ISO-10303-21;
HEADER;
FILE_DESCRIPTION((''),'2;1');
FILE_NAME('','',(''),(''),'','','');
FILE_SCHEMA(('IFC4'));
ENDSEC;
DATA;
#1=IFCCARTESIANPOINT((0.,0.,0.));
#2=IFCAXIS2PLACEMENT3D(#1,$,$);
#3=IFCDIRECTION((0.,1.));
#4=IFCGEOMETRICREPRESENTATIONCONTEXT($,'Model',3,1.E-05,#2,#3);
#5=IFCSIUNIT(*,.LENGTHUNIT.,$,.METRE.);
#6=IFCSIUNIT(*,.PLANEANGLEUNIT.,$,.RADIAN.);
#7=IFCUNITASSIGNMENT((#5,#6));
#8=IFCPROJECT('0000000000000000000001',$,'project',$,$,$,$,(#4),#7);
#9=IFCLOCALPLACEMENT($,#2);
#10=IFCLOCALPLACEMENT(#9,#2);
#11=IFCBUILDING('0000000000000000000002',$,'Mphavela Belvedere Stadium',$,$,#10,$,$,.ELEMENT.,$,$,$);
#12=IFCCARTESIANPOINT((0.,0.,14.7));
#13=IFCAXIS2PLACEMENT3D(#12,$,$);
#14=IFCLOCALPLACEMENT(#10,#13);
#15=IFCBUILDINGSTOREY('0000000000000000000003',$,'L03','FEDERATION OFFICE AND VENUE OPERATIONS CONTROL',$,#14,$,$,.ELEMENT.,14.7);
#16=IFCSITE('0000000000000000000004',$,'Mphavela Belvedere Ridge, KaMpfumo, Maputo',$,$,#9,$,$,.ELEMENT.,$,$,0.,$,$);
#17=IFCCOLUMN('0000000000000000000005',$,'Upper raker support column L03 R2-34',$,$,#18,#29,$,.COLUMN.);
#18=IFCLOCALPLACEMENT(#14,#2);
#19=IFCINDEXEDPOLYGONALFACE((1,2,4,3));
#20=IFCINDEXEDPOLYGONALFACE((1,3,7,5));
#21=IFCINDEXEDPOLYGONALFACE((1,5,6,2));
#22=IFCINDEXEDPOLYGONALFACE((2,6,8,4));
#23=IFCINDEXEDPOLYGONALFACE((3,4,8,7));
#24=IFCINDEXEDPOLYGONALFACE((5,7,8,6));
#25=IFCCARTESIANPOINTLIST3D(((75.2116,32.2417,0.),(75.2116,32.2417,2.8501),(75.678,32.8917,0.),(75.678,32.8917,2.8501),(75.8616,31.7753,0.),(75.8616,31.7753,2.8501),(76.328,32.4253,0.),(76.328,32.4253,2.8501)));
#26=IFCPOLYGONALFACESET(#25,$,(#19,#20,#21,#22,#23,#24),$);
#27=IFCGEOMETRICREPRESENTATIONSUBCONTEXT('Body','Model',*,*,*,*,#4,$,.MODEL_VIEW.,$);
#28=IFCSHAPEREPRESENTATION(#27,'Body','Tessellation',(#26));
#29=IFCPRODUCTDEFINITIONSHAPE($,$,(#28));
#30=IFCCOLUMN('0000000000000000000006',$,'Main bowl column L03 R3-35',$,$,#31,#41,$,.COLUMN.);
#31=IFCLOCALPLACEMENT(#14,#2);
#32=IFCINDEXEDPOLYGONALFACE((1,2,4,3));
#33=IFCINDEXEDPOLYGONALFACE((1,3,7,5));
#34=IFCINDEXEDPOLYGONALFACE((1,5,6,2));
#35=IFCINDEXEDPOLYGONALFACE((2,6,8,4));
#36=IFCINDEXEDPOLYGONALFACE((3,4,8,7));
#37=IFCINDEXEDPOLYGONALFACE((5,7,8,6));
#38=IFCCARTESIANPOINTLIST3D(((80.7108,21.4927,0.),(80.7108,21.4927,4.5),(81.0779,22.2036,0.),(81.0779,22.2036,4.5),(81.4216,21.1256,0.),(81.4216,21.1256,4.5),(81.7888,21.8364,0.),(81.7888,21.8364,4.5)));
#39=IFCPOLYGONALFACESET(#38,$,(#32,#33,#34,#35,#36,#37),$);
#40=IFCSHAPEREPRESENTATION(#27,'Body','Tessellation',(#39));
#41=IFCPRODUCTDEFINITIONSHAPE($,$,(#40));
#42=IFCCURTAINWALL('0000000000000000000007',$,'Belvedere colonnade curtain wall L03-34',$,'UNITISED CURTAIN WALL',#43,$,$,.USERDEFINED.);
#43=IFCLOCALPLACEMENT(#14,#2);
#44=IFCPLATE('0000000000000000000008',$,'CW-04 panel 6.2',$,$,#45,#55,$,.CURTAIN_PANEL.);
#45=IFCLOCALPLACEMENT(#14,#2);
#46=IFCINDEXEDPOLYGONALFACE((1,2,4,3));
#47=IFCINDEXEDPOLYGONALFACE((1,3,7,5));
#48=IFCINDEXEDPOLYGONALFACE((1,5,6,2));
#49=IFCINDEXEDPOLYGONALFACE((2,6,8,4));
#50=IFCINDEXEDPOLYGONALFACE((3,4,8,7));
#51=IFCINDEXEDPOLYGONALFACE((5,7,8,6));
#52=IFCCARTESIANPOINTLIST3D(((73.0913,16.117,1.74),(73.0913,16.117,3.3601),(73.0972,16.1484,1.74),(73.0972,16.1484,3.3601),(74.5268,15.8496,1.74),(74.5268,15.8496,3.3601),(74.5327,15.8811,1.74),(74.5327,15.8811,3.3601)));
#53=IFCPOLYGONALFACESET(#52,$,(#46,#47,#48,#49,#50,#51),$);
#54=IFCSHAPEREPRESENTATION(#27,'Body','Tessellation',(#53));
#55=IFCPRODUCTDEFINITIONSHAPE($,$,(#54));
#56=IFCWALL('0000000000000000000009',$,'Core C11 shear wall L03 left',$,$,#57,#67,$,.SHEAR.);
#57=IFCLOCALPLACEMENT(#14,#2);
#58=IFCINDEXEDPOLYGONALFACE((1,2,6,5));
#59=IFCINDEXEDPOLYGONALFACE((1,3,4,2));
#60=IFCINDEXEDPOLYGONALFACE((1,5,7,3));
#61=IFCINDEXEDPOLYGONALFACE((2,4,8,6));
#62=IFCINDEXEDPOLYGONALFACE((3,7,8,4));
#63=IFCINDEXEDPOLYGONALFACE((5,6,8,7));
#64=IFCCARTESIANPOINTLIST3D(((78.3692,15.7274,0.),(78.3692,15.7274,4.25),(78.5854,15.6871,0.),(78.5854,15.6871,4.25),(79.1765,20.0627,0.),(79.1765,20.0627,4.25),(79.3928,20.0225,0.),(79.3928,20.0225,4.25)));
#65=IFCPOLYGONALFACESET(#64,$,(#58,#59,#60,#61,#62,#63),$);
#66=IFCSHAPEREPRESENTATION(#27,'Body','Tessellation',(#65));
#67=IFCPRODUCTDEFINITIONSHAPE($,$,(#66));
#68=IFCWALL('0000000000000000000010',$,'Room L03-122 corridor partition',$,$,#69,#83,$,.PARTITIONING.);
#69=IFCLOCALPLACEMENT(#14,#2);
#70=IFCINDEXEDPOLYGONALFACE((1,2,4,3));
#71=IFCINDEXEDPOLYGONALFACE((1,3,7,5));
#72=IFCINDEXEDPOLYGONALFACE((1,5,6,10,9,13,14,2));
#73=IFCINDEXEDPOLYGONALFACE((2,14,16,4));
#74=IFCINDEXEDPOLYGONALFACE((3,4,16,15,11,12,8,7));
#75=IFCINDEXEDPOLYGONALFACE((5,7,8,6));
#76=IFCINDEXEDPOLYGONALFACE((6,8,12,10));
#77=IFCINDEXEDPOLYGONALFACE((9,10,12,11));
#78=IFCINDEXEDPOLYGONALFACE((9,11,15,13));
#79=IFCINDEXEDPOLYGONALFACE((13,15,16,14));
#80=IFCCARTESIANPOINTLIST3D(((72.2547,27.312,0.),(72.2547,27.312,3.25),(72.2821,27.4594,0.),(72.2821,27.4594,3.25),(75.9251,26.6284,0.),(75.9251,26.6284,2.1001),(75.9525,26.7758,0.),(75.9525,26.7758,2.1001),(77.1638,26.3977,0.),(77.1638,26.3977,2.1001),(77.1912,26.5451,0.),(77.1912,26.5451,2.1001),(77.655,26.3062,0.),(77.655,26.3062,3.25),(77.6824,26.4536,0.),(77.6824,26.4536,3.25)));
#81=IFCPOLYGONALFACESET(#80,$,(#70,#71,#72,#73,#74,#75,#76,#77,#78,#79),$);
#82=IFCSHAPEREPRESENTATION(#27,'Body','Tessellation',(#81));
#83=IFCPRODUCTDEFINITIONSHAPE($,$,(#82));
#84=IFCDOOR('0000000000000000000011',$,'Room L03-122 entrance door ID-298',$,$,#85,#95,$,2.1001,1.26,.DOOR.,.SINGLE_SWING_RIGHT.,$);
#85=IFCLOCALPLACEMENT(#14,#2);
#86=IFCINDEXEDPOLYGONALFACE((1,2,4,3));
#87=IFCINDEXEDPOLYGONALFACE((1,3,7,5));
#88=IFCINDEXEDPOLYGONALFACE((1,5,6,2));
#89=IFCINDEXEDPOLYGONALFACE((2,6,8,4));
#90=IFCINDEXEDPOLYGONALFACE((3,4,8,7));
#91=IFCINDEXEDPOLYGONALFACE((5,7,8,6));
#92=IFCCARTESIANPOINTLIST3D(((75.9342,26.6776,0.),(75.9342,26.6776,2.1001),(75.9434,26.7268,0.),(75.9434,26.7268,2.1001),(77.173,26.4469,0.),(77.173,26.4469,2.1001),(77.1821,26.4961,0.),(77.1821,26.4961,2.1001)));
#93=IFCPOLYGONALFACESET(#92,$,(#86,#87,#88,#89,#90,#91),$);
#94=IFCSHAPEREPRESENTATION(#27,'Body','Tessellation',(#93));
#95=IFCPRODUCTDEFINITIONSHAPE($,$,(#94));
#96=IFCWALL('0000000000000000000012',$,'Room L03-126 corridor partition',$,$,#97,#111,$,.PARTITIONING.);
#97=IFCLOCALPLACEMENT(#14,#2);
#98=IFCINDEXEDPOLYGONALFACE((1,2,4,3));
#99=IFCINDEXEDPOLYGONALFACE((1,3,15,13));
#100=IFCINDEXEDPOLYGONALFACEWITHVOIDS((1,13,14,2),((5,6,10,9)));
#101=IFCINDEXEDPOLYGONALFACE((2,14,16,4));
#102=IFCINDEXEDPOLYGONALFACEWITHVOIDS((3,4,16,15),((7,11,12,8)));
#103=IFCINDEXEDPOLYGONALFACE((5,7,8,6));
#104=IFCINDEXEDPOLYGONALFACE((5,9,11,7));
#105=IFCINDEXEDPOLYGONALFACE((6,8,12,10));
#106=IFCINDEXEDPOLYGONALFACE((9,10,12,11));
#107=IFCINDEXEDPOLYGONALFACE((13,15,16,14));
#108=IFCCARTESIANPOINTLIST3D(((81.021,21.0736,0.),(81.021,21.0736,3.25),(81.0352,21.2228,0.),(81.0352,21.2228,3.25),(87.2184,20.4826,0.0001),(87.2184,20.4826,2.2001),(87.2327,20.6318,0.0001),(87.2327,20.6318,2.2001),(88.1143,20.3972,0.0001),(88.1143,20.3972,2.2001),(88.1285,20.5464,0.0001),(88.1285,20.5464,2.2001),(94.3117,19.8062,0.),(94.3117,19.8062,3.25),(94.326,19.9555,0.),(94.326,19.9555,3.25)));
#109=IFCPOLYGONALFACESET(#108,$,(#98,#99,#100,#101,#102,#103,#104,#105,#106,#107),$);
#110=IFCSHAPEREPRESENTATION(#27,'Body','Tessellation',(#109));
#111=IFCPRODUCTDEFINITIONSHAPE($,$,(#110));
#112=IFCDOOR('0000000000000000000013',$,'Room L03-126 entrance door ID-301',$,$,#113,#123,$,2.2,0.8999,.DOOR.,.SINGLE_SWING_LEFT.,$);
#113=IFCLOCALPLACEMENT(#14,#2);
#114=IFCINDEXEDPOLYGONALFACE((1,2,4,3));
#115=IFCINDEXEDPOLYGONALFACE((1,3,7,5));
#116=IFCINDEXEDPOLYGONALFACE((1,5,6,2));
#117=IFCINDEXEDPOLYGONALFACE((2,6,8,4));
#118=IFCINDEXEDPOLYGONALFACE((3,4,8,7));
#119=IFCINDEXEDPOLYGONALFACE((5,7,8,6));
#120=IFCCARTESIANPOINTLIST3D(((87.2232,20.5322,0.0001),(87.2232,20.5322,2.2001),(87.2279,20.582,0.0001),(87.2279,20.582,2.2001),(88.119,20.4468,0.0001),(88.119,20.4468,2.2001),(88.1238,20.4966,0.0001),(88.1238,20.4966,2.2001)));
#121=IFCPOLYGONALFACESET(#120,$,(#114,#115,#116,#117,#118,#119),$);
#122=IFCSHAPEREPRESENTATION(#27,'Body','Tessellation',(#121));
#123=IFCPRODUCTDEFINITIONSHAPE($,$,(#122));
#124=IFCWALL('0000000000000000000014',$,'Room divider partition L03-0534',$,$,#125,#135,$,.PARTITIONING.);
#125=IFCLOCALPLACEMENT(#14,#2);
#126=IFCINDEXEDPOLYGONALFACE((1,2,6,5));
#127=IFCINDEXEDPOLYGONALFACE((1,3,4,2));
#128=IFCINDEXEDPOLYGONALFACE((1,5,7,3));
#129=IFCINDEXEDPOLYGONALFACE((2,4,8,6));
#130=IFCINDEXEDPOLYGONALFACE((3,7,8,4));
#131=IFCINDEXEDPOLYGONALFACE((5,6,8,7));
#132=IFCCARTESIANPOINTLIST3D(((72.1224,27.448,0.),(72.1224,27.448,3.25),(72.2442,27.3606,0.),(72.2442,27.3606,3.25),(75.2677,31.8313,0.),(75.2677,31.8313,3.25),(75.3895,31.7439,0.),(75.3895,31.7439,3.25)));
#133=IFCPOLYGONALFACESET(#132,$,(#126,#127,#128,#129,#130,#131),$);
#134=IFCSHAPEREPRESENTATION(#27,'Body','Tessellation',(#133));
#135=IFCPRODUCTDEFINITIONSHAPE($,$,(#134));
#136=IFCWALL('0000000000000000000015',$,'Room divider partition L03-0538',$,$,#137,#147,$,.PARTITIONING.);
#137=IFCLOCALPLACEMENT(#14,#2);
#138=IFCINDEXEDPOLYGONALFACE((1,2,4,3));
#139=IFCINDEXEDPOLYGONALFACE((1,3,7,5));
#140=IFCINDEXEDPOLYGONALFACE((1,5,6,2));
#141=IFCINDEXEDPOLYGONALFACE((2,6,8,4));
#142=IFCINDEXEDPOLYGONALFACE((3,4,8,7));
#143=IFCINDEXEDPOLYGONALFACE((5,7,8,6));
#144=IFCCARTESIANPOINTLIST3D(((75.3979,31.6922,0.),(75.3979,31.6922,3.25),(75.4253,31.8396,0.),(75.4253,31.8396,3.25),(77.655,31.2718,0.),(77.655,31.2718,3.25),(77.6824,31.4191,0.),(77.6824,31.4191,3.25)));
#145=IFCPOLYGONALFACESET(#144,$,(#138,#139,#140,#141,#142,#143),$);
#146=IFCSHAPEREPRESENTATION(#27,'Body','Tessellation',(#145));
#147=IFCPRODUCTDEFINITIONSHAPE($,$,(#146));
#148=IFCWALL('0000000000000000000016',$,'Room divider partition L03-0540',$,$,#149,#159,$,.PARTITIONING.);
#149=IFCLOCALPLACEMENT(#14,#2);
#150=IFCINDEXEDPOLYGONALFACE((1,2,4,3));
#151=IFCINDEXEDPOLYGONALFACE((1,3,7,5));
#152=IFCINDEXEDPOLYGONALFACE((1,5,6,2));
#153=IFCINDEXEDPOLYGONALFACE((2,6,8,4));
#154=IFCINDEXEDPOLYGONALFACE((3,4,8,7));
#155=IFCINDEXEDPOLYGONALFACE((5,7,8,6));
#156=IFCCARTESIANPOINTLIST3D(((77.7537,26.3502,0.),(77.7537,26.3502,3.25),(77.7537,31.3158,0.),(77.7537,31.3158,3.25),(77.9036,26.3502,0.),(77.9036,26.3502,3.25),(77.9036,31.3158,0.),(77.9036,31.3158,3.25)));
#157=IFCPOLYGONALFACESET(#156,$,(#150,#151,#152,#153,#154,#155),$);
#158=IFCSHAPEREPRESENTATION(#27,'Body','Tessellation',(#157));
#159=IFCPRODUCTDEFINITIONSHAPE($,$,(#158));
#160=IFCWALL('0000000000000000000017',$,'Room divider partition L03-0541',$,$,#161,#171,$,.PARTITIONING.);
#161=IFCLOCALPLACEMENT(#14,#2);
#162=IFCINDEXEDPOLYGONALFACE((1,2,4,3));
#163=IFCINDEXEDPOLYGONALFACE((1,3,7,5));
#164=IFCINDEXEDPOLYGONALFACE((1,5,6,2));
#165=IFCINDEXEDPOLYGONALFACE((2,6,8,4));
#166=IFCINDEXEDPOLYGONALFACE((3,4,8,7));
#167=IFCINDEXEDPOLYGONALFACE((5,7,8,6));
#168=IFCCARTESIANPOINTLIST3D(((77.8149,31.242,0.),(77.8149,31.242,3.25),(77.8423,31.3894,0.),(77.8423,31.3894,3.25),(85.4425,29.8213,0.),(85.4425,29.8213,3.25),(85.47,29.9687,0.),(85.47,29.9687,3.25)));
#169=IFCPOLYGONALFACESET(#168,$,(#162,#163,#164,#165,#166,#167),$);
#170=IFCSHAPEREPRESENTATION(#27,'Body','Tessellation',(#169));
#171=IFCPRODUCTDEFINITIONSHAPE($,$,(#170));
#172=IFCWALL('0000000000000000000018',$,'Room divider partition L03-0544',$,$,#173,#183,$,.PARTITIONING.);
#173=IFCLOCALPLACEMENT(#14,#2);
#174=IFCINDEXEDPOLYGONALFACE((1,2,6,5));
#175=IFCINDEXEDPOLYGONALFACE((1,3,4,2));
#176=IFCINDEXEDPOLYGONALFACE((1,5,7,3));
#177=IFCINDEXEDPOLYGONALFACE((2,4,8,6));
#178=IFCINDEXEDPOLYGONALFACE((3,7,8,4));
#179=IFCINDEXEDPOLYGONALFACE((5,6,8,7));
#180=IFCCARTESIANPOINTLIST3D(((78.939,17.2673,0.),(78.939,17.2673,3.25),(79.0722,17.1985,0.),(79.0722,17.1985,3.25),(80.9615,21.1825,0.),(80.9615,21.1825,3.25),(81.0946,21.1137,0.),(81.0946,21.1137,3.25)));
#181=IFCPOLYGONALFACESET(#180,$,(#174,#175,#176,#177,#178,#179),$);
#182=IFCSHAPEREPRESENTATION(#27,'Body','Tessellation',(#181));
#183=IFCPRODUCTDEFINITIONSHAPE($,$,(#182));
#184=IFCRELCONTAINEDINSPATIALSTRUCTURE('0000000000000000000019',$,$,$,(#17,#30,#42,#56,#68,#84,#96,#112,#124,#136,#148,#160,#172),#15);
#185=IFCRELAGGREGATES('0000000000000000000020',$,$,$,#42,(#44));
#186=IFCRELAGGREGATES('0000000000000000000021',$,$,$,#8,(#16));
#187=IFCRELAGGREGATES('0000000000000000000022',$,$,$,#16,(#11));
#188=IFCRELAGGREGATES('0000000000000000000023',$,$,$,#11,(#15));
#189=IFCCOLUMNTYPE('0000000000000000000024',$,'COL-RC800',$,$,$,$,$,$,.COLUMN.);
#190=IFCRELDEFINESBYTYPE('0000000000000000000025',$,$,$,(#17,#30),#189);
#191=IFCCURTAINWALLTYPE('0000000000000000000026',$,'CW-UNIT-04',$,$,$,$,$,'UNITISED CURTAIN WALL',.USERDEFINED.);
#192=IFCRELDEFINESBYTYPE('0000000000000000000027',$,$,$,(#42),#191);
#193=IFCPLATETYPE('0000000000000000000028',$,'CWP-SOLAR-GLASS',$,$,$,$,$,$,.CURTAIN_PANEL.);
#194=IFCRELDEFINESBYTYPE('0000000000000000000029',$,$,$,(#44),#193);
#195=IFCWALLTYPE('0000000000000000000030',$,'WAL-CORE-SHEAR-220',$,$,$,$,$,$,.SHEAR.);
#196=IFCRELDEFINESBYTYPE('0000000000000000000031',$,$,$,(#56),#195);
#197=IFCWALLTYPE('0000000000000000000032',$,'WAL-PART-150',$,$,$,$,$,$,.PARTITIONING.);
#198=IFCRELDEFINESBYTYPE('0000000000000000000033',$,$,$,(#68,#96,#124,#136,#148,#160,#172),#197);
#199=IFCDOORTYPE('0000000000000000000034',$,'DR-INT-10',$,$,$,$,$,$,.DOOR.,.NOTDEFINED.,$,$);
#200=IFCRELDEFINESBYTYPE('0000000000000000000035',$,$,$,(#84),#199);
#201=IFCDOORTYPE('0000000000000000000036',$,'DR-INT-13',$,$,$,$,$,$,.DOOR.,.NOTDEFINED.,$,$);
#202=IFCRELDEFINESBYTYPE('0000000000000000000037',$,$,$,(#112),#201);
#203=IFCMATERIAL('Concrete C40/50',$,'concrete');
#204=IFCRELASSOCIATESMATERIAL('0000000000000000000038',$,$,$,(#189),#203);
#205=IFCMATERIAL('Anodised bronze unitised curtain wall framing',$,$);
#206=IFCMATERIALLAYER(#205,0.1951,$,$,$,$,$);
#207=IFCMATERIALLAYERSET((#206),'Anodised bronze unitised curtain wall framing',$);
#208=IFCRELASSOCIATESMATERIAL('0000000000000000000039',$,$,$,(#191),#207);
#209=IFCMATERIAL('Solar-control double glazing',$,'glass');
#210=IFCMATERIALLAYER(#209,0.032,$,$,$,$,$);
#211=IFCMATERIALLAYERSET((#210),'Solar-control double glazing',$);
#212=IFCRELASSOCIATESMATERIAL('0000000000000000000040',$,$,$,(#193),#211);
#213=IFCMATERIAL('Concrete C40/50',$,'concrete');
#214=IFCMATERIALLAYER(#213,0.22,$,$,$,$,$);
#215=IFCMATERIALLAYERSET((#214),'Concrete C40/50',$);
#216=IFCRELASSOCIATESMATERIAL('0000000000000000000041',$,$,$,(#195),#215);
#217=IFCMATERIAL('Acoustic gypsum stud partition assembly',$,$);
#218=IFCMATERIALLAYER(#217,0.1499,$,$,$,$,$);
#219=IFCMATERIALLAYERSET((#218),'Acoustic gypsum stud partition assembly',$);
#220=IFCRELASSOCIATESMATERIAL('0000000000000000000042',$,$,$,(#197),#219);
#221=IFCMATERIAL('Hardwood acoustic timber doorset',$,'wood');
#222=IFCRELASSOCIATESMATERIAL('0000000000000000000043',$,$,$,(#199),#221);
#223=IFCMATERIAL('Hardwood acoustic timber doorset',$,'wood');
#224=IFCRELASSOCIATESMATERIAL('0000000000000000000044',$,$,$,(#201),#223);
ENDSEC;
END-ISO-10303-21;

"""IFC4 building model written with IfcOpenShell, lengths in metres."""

from ifc_helpers import new_model, si_unit, direction, frame, frame_2d, origin, origin_2d, place, context, subcontext, project, spatial, rectangle, extrude, material, layer, layer_set, material_profile, profile_set, type_object, element, fill, aggregate, save


model = new_model("IFC4")

# Units and contexts
model_context = context("Model", 3, precision=1e-05, world=origin(), true_north=direction((0.0, 1.0)))
body_context = subcontext(model_context, "Body", "Model", "MODEL_VIEW")
ifc_project = project(units=[si_unit("LENGTHUNIT", "METRE"), si_unit("PLANEANGLEUNIT", "RADIAN")], contexts=[model_context])

# Site, building, storey
site_placement = place(None, origin())
site = spatial("IfcSite", under=ifc_project, at=site_placement, Name="Mphavela Belvedere Ridge, KaMpfumo, Maputo", CompositionType="ELEMENT", RefElevation=0.0)
building_placement = place(site_placement, origin())
building = spatial("IfcBuilding", under=site, at=building_placement, Name="Mphavela Belvedere Stadium", CompositionType="ELEMENT")
storey_placement = place(building_placement, frame((0.0, 0.0, 14.7)))
storey = spatial("IfcBuildingStorey", under=building, at=storey_placement, Name="L03", Description="FEDERATION OFFICE AND VENUE OPERATIONS CONTROL", CompositionType="ELEMENT", Elevation=14.7)

# Columns
ifc_material_1 = material(Name="Concrete C40/50", Category="concrete")
ifc_material_profile = material_profile(ifc_material_1, rectangle(XDim=0.8, YDim=0.8, at=origin_2d()), Name="RC 800x800")
ifc_profile_set = profile_set([ifc_material_profile], Name="Concrete C40/50")
column_type = type_object("IfcColumnType", Name="COL-RC800", PredefinedType="COLUMN", material=ifc_profile_set)
column_1_placement = place(storey_placement, frame((75.7698, 32.3335, 0.0), z_axis=(0.0, 0.0, 1.0), x_axis=(-0.582974, -0.812491, 0.0)))
element("IfcColumn", 1, at=column_1_placement, inside=storey, type_object=column_type, Name="Upper raker support column L03 R2-34", PredefinedType="COLUMN", context=body_context, shape_type="SweptSolid", body=[
    extrude(rectangle(XDim=0.8, YDim=0.8, at=origin_2d()), origin(), (0.0, 0.0, 1.0), 2.8501),
])
column_2_placement = place(storey_placement, frame((81.2498, 21.6646, 0.0), z_axis=(0.0, 0.0, 1.0), x_axis=(-0.45896, -0.888457, 0.0)))
element("IfcColumn", 2, at=column_2_placement, inside=storey, type_object=column_type, Name="Main bowl column L03 R3-35", PredefinedType="COLUMN", context=body_context, shape_type="SweptSolid", body=[
    extrude(rectangle(XDim=0.8, YDim=0.8, at=origin_2d()), origin(), (0.0, 0.0, 1.0), 4.5),
])

# Curtain wall, plate
ifc_material_2 = material(Name="Anodised bronze unitised curtain wall framing")
ifc_layer_1 = layer(ifc_material_2, 0.1951)
ifc_layer_set_1 = layer_set([ifc_layer_1], Name="Anodised bronze unitised curtain wall framing")
curtain_wall_type = type_object("IfcCurtainWallType", Name="CW-UNIT-04", ElementType="UNITISED CURTAIN WALL", PredefinedType="USERDEFINED", material=ifc_layer_set_1)
curtain_wall_placement = place(storey_placement, origin())
curtain_wall = element("IfcCurtainWall", 3, at=curtain_wall_placement, inside=storey, type_object=curtain_wall_type, Name="Belvedere colonnade curtain wall L03-34", ObjectType="UNITISED CURTAIN WALL", PredefinedType="USERDEFINED")
ifc_material_3 = material(Name="Solar-control double glazing", Category="glass")
ifc_layer_2 = layer(ifc_material_3, 0.032)
ifc_layer_set_2 = layer_set([ifc_layer_2], Name="Solar-control double glazing")
plate_type = type_object("IfcPlateType", Name="CWP-SOLAR-GLASS", PredefinedType="CURTAIN_PANEL", material=ifc_layer_set_2)
plate_placement = place(storey_placement, frame((73.812, 15.999, 1.74), z_axis=(0.0, 0.0, 1.0), x_axis=(0.983097, -0.183088, 0.0)))
plate = element("IfcPlate", 4, at=plate_placement, type_object=plate_type, Name="CW-04 panel 6.2", PredefinedType="CURTAIN_PANEL", context=body_context, shape_type="SweptSolid", body=[
    extrude(rectangle(XDim=1.4602, YDim=0.032, at=origin_2d()), origin(), (0.0, 0.0, 1.0), 1.6201),
])
aggregate(curtain_wall, [plate])

# Wall
ifc_material_4 = material(Name="Concrete C40/50", Category="concrete")
ifc_layer_3 = layer(ifc_material_4, 0.22)
ifc_layer_set_3 = layer_set([ifc_layer_3], Name="Concrete C40/50")
wall_type_1 = type_object("IfcWallType", Name="WAL-CORE-SHEAR-220", PredefinedType="SHEAR", material=ifc_layer_set_3)
wall_1_placement = place(storey_placement, frame((79.2847, 20.0427, 0.0), z_axis=(0.0, 0.0, 1.0), x_axis=(-0.183078, -0.983098, 0.0)))
element("IfcWall", 5, at=wall_1_placement, inside=storey, type_object=wall_type_1, Name="Core C11 shear wall L03 left", PredefinedType="SHEAR", context=body_context, shape_type="SweptSolid", body=[
    extrude(rectangle(XDim=4.4099, YDim=0.22, at=frame_2d((2.2051, 0.0))), origin(), (0.0, 0.0, 1.0), 4.25),
])

# Walls, openings, doors
ifc_material_5 = material(Name="Acoustic gypsum stud partition assembly")
ifc_layer_4 = layer(ifc_material_5, 0.1499)
ifc_layer_set_4 = layer_set([ifc_layer_4], Name="Acoustic gypsum stud partition assembly")
wall_type_2 = type_object("IfcWallType", Name="WAL-PART-150", PredefinedType="PARTITIONING", material=ifc_layer_set_4)
wall_2_placement = place(storey_placement, frame((77.6687, 26.3799, 0.0), z_axis=(0.0, 0.0, 1.0), x_axis=(-0.983093, 0.183108, 0.0)))
wall_2 = element("IfcWall", 6, at=wall_2_placement, inside=storey, type_object=wall_type_2, Name="Room L03-122 corridor partition", PredefinedType="PARTITIONING", context=body_context, shape_type="SweptSolid", body=[
    extrude(rectangle(XDim=5.4932, YDim=0.1499, at=frame_2d((2.7466, 0.0))), origin(), (0.0, 0.0, 1.0), 3.25),
])
opening_1_placement = place(wall_2_placement, frame((0.4998, 0.0, 0.0)))
opening_1 = element("IfcOpeningElement", 7, at=opening_1_placement, cuts=wall_2, PredefinedType="OPENING", context=body_context, shape_type="SweptSolid", body=[
    extrude(rectangle(XDim=1.26, YDim=2.1001, at=frame_2d((0.6299, 1.05))), frame((0.0, 0.085, 0.0), z_axis=(0.0, -1.0, 0.0), x_axis=(1.0, 0.0, 0.0)), (0.0, 0.0, 1.0), 0.1699),
])
ifc_material_6 = material(Name="Hardwood acoustic timber doorset", Category="wood")
door_type_1 = type_object("IfcDoorType", Name="DR-INT-10", OperationType="NOTDEFINED", PredefinedType="DOOR", material=ifc_material_6)
door_1_placement = place(opening_1_placement, origin())
door_1 = element("IfcDoor", 8, at=door_1_placement, inside=storey, type_object=door_type_1, Name="Room L03-122 entrance door ID-298", OperationType="SINGLE_SWING_RIGHT", OverallHeight=2.1001, OverallWidth=1.26, PredefinedType="DOOR", context=body_context, shape_type="SweptSolid", body=[
    extrude(rectangle(XDim=1.26, YDim=2.1001, at=frame_2d((0.6299, 1.05))), frame((0.0, 0.0249, 0.0), z_axis=(0.0, -1.0, 0.0), x_axis=(1.0, 0.0, 0.0)), (0.0, 0.0, 1.0), 0.05),
])
fill(opening_1, door_1)
wall_3_placement = place(storey_placement, frame((81.0281, 21.1482, 0.0), z_axis=(0.0, 0.0, 1.0), x_axis=(0.995485, -0.094924, 0.0)))
wall_3 = element("IfcWall", 9, at=wall_3_placement, inside=storey, type_object=wall_type_2, Name="Room L03-126 corridor partition", PredefinedType="PARTITIONING", context=body_context, shape_type="SweptSolid", body=[
    extrude(rectangle(XDim=13.3511, YDim=0.1499, at=frame_2d((6.6755, 0.0))), origin(), (0.0, 0.0, 1.0), 3.25),
])
opening_2_placement = place(wall_3_placement, frame((6.2256, 0.0, 0.0)))
opening_2 = element("IfcOpeningElement", 10, at=opening_2_placement, cuts=wall_3, PredefinedType="OPENING", context=body_context, shape_type="SweptSolid", body=[
    extrude(rectangle(XDim=0.8999, YDim=2.2, at=frame_2d((0.45, 1.1001))), frame((0.0, 0.085, 0.0), z_axis=(0.0, -1.0, 0.0), x_axis=(1.0, 0.0, 0.0)), (0.0, 0.0, 1.0), 0.1699),
])
ifc_material_7 = material(Name="Hardwood acoustic timber doorset", Category="wood")
door_type_2 = type_object("IfcDoorType", Name="DR-INT-13", OperationType="NOTDEFINED", PredefinedType="DOOR", material=ifc_material_7)
door_2_placement = place(opening_2_placement, origin())
door_2 = element("IfcDoor", 11, at=door_2_placement, inside=storey, type_object=door_type_2, Name="Room L03-126 entrance door ID-301", OperationType="SINGLE_SWING_LEFT", OverallHeight=2.2, OverallWidth=0.8999, PredefinedType="DOOR", context=body_context, shape_type="SweptSolid", body=[
    extrude(rectangle(XDim=0.8999, YDim=2.2, at=frame_2d((0.45, 1.1001))), frame((0.0, 0.0249, 0.0), z_axis=(0.0, -1.0, 0.0), x_axis=(1.0, 0.0, 0.0)), (0.0, 0.0, 1.0), 0.05),
])
fill(opening_2, door_2)

# Walls
wall_4_placement = place(storey_placement, frame((75.3286, 31.7876, 0.0), z_axis=(0.0, 0.0, 1.0), x_axis=(-0.582996, -0.812475, 0.0)))
element("IfcWall", 12, at=wall_4_placement, inside=storey, type_object=wall_type_2, Name="Room divider partition L03-0534", PredefinedType="PARTITIONING", context=body_context, shape_type="SweptSolid", body=[
    extrude(rectangle(XDim=5.395, YDim=0.1499, at=frame_2d((2.6975, 0.0))), origin(), (0.0, 0.0, 1.0), 3.25),
])
wall_5_placement = place(storey_placement, frame((75.4116, 31.7659, 0.0), z_axis=(0.0, 0.0, 1.0), x_axis=(0.983092, -0.183113, 0.0)))
element("IfcWall", 13, at=wall_5_placement, inside=storey, type_object=wall_type_2, Name="Room divider partition L03-0538", PredefinedType="PARTITIONING", context=body_context, shape_type="SweptSolid", body=[
    extrude(rectangle(XDim=2.2959, YDim=0.1499, at=frame_2d((1.1479, 0.0))), origin(), (0.0, 0.0, 1.0), 3.25),
])
wall_6_placement = place(storey_placement, frame((77.8286, 26.3501, 0.0), z_axis=(0.0, 0.0, 1.0), x_axis=(0.0, 1.0, 0.0)))
element("IfcWall", 14, at=wall_6_placement, inside=storey, type_object=wall_type_2, Name="Room divider partition L03-0540", PredefinedType="PARTITIONING", context=body_context, shape_type="SweptSolid", body=[
    extrude(rectangle(XDim=4.9656, YDim=0.1499, at=frame_2d((2.4829, 0.0))), origin(), (0.0, 0.0, 1.0), 3.25),
])
wall_7_placement = place(storey_placement, frame((77.8286, 31.3157, 0.0), z_axis=(0.0, 0.0, 1.0), x_axis=(0.983094, -0.183101, 0.0)))
element("IfcWall", 15, at=wall_7_placement, inside=storey, type_object=wall_type_2, Name="Room divider partition L03-0541", PredefinedType="PARTITIONING", context=body_context, shape_type="SweptSolid", body=[
    extrude(rectangle(XDim=7.7588, YDim=0.1499, at=frame_2d((3.8794, 0.0))), origin(), (0.0, 0.0, 1.0), 3.25),
])
wall_8_placement = place(storey_placement, frame((79.0056, 17.2329, 0.0), z_axis=(0.0, 0.0, 1.0), x_axis=(0.458942, 0.888466, 0.0)))
element("IfcWall", 16, at=wall_8_placement, inside=storey, type_object=wall_type_2, Name="Room divider partition L03-0544", PredefinedType="PARTITIONING", context=body_context, shape_type="SweptSolid", body=[
    extrude(rectangle(XDim=4.4067, YDim=0.1499, at=frame_2d((2.2034, 0.0))), origin(), (0.0, 0.0, 1.0), 3.25),
])

save(model, "model.ifc")
